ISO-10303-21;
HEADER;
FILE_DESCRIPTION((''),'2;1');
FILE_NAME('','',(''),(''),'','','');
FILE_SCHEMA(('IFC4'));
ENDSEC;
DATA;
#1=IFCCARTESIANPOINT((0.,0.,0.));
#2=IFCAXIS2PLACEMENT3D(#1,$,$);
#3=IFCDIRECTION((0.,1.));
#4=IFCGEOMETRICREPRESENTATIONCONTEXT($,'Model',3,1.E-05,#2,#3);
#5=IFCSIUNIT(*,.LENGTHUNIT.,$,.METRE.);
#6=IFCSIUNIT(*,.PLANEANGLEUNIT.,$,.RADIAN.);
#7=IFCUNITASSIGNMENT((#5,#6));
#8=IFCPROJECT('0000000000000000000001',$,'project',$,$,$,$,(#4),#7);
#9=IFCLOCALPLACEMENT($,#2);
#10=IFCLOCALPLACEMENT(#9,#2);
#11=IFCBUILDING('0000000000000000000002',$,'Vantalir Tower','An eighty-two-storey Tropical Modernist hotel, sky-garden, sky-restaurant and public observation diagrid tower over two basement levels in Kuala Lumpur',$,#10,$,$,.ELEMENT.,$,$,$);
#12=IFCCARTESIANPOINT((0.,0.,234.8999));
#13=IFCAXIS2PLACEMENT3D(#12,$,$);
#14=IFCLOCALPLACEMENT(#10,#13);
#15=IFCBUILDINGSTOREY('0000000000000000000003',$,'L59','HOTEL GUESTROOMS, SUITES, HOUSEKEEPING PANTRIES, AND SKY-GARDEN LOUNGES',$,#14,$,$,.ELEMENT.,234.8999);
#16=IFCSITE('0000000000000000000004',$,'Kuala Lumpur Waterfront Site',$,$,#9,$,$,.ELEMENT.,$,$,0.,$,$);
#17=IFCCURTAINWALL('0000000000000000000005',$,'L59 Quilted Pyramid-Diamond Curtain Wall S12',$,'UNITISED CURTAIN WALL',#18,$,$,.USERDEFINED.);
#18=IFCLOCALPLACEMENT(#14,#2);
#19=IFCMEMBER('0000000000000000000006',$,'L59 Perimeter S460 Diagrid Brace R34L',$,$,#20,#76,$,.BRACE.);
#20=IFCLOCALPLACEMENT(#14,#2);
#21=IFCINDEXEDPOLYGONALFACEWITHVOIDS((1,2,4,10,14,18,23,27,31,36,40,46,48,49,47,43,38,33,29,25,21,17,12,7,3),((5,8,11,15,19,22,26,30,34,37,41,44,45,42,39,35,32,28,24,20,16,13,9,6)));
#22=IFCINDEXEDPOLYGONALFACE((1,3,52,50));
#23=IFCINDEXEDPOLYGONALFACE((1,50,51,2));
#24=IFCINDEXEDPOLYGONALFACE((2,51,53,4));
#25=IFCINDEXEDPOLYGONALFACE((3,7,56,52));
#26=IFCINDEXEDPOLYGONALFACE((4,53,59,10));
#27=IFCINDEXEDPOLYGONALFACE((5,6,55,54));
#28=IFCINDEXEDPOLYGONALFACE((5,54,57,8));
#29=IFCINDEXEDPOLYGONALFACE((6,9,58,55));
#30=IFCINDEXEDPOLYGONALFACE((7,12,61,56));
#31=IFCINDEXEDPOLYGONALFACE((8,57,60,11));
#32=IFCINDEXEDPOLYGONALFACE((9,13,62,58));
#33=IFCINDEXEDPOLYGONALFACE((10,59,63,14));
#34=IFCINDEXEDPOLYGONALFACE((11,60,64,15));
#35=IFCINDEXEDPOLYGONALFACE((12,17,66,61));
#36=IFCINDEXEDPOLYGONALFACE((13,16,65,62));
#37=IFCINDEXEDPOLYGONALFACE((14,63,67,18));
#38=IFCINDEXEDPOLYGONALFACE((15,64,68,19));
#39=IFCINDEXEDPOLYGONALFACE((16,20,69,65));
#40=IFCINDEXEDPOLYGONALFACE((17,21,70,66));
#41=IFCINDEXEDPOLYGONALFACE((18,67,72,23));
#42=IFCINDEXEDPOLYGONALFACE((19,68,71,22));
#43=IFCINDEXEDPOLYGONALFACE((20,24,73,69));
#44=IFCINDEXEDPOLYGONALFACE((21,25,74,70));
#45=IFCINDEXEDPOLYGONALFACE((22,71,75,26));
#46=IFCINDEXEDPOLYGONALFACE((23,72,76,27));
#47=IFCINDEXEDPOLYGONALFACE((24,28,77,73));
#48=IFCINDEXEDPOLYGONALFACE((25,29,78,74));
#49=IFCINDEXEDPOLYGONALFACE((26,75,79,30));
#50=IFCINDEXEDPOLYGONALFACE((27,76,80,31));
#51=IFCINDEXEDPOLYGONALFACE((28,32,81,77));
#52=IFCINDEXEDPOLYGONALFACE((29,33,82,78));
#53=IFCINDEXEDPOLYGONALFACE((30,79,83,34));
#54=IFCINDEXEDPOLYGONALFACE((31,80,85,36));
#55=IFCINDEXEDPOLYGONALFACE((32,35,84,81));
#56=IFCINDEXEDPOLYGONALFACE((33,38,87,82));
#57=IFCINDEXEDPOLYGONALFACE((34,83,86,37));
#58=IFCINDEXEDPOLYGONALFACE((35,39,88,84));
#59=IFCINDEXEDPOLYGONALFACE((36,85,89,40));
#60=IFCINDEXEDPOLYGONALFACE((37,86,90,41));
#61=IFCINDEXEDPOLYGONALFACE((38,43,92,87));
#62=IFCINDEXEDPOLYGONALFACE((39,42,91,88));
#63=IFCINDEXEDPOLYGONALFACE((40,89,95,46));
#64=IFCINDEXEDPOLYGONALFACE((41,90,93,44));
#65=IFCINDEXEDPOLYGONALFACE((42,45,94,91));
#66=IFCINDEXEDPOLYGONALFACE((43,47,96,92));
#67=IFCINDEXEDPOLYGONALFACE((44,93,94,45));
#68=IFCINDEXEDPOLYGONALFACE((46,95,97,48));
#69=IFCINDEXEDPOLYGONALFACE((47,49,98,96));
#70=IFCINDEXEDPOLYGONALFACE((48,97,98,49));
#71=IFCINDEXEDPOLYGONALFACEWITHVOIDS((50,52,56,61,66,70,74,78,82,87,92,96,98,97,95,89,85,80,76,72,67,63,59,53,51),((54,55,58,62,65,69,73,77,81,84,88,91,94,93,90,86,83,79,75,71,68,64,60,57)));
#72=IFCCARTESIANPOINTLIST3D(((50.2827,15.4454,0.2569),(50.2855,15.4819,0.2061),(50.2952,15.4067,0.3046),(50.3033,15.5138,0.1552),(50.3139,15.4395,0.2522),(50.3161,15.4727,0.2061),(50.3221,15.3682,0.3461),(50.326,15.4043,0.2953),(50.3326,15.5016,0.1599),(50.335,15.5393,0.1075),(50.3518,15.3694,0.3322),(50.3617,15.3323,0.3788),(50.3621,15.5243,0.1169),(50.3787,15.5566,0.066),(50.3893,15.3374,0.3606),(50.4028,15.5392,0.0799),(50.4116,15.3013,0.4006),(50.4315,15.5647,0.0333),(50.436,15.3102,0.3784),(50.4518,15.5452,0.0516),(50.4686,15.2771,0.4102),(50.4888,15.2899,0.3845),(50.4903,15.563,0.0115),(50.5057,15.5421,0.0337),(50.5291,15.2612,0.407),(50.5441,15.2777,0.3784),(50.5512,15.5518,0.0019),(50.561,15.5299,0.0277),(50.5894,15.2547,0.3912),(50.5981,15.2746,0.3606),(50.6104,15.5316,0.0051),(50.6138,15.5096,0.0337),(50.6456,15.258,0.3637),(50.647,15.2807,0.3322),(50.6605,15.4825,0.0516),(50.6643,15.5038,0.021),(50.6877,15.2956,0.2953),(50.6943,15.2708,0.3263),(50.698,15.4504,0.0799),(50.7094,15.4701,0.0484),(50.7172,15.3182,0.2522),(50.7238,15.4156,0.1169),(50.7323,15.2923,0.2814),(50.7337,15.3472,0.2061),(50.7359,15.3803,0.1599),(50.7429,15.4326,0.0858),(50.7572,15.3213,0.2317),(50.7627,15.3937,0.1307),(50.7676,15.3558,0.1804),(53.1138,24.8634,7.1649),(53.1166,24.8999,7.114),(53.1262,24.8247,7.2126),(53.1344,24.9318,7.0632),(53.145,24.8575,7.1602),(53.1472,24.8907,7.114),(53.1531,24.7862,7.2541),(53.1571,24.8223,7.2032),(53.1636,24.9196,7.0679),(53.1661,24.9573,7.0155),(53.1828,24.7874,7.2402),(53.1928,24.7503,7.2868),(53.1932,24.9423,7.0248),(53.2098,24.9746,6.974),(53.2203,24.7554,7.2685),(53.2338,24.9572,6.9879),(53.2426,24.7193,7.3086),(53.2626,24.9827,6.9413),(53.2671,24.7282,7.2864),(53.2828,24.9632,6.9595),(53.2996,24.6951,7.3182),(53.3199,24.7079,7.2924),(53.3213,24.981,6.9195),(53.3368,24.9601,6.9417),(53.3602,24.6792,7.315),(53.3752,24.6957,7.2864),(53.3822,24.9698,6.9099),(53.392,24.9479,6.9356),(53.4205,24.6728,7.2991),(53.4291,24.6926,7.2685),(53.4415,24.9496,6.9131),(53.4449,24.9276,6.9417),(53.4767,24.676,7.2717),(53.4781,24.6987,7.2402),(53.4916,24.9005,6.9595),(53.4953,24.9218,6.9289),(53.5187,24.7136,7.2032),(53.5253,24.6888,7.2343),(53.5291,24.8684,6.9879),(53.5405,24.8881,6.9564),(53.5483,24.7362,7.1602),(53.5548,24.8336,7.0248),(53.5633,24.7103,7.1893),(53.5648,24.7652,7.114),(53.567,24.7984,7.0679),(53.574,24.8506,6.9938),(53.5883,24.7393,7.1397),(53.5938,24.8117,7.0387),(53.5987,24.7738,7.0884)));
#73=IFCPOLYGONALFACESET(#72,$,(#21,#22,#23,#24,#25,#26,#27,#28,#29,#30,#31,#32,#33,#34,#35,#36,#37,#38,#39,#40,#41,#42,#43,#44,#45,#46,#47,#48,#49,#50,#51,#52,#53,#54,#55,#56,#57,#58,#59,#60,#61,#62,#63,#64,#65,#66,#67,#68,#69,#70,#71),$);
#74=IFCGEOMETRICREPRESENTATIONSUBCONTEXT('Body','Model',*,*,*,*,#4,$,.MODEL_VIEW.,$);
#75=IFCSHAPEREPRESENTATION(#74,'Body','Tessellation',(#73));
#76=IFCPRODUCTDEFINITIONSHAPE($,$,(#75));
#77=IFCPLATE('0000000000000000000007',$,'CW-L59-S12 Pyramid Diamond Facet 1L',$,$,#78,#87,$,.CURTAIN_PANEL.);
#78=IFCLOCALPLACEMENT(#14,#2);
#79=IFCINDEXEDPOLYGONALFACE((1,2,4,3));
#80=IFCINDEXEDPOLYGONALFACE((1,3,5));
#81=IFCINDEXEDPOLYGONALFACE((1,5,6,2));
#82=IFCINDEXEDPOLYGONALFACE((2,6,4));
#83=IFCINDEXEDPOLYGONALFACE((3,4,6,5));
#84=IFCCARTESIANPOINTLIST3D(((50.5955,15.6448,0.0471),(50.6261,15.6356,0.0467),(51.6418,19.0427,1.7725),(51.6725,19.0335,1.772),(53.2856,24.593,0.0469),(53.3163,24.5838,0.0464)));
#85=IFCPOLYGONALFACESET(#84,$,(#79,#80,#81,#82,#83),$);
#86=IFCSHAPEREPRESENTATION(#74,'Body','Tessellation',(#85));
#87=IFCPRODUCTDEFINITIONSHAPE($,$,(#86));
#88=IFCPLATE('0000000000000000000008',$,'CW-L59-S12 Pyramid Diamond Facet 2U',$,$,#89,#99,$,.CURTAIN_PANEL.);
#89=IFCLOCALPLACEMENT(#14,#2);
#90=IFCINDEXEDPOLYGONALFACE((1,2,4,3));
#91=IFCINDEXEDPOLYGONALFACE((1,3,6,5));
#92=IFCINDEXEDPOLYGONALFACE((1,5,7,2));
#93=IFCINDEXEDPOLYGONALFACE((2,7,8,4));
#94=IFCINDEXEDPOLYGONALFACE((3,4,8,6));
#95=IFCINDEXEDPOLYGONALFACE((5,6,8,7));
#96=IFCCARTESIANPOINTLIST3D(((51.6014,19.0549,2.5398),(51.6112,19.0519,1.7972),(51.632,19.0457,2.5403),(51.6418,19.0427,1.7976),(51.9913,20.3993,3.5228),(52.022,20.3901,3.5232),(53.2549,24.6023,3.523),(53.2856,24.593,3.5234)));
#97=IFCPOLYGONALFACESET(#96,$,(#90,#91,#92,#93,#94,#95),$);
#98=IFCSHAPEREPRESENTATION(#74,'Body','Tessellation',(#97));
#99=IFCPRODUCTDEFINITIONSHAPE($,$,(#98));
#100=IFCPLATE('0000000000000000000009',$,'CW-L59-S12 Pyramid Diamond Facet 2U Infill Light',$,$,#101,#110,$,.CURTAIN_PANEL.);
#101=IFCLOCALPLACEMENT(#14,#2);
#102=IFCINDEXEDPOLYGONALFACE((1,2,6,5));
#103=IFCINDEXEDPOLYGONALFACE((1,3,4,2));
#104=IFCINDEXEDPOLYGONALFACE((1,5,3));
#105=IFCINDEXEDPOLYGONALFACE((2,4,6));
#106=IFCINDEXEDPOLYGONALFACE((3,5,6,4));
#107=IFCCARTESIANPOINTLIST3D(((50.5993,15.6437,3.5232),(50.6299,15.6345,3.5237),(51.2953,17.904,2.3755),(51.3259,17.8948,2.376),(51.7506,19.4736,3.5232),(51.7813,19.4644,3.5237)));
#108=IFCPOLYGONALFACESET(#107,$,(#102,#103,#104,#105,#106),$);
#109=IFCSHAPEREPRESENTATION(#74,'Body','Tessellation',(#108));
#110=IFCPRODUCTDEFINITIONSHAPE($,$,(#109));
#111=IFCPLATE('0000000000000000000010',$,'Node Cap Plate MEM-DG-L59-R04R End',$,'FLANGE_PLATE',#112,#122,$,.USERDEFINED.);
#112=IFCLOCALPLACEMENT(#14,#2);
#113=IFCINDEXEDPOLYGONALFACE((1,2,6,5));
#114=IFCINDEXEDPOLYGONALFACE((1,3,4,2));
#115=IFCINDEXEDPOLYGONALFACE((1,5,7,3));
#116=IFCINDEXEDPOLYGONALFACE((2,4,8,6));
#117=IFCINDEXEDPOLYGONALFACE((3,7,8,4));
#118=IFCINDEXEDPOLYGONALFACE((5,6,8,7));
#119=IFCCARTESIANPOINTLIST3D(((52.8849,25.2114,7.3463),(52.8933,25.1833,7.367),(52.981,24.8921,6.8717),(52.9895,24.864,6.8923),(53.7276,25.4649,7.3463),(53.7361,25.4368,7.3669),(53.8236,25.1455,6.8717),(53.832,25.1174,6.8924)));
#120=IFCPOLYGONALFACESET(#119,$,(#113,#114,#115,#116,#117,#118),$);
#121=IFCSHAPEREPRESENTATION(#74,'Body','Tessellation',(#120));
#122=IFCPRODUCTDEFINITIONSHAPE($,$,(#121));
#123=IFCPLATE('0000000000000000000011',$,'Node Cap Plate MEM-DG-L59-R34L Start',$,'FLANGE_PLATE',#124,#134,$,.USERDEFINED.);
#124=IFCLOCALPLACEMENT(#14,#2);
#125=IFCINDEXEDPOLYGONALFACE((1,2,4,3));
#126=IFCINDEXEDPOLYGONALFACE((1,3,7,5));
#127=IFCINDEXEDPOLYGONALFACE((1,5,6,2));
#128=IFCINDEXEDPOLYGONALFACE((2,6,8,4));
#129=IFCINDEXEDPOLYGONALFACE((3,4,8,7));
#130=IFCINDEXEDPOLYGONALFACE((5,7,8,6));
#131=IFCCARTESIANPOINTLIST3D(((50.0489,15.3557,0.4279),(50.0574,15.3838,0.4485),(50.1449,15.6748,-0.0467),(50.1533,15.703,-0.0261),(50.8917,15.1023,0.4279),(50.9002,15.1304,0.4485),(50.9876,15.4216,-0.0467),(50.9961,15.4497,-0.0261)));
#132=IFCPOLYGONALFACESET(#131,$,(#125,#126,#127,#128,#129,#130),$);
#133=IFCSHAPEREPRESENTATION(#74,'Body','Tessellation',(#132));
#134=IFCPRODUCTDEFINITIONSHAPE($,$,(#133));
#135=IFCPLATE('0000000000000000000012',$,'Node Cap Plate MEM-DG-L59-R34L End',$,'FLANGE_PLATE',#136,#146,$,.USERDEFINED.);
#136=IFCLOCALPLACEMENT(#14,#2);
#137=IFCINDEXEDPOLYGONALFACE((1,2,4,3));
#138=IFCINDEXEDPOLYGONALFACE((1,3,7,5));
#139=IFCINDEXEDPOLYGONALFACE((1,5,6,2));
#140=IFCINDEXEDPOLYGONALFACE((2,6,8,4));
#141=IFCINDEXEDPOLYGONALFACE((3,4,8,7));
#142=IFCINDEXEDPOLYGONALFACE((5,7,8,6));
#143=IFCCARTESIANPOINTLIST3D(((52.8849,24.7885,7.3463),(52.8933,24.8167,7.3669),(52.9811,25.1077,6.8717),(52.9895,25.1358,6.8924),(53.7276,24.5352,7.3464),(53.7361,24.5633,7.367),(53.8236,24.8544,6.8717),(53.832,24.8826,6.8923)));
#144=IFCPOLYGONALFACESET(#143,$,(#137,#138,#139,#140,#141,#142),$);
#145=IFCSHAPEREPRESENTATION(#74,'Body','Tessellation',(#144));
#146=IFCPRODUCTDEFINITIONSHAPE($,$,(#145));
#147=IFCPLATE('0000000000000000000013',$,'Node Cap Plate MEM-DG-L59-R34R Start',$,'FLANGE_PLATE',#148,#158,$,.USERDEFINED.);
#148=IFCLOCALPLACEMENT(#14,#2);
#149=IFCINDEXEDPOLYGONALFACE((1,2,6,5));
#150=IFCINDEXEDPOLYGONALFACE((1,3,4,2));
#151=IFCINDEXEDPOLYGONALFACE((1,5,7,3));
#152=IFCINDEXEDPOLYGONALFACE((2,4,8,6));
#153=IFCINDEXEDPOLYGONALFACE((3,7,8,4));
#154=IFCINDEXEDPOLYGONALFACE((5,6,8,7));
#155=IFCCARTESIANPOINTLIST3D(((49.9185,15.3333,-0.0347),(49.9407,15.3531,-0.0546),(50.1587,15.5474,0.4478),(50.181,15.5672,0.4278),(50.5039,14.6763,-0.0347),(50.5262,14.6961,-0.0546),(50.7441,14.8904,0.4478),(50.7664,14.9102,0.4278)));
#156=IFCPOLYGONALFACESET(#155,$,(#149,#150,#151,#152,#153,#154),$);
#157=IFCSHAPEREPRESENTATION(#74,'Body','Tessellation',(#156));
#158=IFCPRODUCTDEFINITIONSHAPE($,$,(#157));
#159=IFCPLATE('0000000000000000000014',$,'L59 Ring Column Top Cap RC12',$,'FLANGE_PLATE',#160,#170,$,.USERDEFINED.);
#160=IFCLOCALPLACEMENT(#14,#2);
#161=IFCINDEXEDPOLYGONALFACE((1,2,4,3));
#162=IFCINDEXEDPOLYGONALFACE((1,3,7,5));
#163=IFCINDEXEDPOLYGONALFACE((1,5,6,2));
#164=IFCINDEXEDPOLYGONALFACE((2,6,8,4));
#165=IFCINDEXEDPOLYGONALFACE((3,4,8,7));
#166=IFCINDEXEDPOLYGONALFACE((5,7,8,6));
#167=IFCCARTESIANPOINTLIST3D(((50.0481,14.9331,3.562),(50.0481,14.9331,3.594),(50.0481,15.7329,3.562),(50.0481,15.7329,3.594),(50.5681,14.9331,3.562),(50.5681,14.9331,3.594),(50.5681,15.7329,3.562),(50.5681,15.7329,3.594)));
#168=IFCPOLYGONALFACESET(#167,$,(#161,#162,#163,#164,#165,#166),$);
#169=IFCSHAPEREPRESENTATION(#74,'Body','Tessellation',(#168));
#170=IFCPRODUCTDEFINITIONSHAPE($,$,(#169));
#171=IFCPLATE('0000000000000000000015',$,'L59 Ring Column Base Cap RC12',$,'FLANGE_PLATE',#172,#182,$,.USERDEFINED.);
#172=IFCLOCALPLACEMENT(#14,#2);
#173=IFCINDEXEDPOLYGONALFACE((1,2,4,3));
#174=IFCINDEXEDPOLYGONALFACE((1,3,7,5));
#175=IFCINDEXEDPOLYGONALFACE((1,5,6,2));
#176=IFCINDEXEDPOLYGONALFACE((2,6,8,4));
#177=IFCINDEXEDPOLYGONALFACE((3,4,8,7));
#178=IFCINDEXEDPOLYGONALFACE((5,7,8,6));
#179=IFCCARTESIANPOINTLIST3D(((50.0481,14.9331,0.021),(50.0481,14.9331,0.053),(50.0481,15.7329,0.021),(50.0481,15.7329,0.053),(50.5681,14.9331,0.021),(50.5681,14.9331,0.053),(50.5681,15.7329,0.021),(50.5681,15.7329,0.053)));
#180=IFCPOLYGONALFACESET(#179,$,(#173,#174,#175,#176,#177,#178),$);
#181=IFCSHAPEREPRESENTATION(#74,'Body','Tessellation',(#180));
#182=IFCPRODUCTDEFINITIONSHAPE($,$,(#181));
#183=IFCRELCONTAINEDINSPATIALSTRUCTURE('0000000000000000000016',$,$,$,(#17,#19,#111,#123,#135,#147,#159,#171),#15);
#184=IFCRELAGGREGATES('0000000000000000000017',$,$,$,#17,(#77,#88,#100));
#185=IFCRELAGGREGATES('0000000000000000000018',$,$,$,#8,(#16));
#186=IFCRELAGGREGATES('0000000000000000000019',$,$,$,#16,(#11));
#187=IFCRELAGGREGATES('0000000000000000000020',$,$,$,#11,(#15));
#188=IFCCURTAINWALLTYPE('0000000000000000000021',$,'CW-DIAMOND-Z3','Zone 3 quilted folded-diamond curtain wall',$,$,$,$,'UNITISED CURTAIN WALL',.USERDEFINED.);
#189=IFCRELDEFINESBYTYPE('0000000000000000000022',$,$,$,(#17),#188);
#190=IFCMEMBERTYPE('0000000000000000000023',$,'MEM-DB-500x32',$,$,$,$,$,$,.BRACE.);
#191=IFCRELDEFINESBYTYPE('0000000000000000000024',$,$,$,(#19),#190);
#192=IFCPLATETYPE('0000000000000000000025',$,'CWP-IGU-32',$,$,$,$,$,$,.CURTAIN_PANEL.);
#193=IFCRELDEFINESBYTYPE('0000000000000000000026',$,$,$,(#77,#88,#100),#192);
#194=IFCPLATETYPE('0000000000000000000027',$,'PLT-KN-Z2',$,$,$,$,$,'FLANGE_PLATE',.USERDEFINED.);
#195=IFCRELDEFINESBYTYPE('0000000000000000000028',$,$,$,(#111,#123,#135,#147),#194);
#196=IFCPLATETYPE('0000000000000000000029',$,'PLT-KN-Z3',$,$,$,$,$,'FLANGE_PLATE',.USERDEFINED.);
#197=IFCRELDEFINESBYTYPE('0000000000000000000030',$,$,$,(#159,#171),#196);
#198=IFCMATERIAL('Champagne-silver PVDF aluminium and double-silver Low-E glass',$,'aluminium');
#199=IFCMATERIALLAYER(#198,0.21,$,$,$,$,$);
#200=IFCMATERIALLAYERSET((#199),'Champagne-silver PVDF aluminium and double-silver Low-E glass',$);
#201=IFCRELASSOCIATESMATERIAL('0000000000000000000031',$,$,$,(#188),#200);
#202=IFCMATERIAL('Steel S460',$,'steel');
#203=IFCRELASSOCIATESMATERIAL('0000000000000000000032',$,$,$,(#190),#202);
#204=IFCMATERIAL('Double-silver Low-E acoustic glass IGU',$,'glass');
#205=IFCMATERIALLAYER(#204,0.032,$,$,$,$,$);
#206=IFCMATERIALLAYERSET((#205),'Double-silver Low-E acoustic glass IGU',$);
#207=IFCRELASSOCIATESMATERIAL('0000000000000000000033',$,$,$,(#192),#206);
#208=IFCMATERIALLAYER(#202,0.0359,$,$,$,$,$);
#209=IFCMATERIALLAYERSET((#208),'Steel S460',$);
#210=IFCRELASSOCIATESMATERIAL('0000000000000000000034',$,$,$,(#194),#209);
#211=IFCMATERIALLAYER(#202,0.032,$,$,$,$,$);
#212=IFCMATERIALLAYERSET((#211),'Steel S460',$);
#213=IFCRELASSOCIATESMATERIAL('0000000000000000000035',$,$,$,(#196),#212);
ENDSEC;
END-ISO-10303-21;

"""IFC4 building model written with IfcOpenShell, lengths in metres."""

from ifc_helpers import new_model, si_unit, direction, frame, origin, origin_2d, place, context, subcontext, project, spatial, polyline, hollow_circle, outline, extrude, material, layer, layer_set, material_profile, profile_set, type_object, element, aggregate, save


model = new_model("IFC4")

# Units and contexts
model_context = context("Model", 3, precision=1e-05, world=origin(), true_north=direction((0.0, 1.0)))
body_context = subcontext(model_context, "Body", "Model", "MODEL_VIEW")
ifc_project = project(units=[si_unit("LENGTHUNIT", "METRE"), si_unit("PLANEANGLEUNIT", "RADIAN")], contexts=[model_context])

# Site, building, storey
site_placement = place(None, origin())
site = spatial("IfcSite", under=ifc_project, at=site_placement, Name="Kuala Lumpur Waterfront Site", CompositionType="ELEMENT", RefElevation=0.0)
building_placement = place(site_placement, origin())
building = spatial("IfcBuilding", under=site, at=building_placement, Name="Vantalir Tower", Description="An eighty-two-storey Tropical Modernist hotel, sky-garden, sky-restaurant and public observation diagrid tower over two basement levels in Kuala Lumpur", CompositionType="ELEMENT")
storey_placement = place(building_placement, frame((0.0, 0.0, 234.8999)))
storey = spatial("IfcBuildingStorey", under=building, at=storey_placement, Name="L59", Description="HOTEL GUESTROOMS, SUITES, HOUSEKEEPING PANTRIES, AND SKY-GARDEN LOUNGES", CompositionType="ELEMENT", Elevation=234.8999)

# Shared definitions
ifc_material_1 = material(Name="Steel S460", Category="steel")

# Curtain wall
ifc_material_2 = material(Name="Champagne-silver PVDF aluminium and double-silver Low-E glass", Category="aluminium")
ifc_layer_1 = layer(ifc_material_2, 0.21)
ifc_layer_set_1 = layer_set([ifc_layer_1], Name="Champagne-silver PVDF aluminium and double-silver Low-E glass")
curtain_wall_type = type_object("IfcCurtainWallType", Name="CW-DIAMOND-Z3", Description="Zone 3 quilted folded-diamond curtain wall", ElementType="UNITISED CURTAIN WALL", PredefinedType="USERDEFINED", material=ifc_layer_set_1)
curtain_wall_placement = place(storey_placement, origin())
curtain_wall = element("IfcCurtainWall", 1, at=curtain_wall_placement, inside=storey, type_object=curtain_wall_type, Name="L59 Quilted Pyramid-Diamond Curtain Wall S12", ObjectType="UNITISED CURTAIN WALL", PredefinedType="USERDEFINED")

# Member
ifc_material_profile_1 = material_profile(ifc_material_1, hollow_circle(Radius=0.25, WallThickness=0.032, at=origin_2d()), Name="Steel S460")
ifc_profile_set_1 = profile_set([ifc_material_profile_1], Name="Steel S460")
member_type_1 = type_object("IfcMemberType", Name="MEM-DB-500x32", PredefinedType="BRACE", material=ifc_profile_set_1)
member_1_placement = place(storey_placement, frame((50.5249, 15.4099, 0.2061), z_axis=(0.235567, 0.783654, 0.5748), x_axis=(-0.957668, 0.287876, 0.0)))
element("IfcMember", 2, at=member_1_placement, inside=storey, type_object=member_type_1, Name="L59 Perimeter S460 Diagrid Brace R34L", PredefinedType="BRACE", context=body_context, shape_type="SweptSolid", body=[
    extrude(hollow_circle(Radius=0.25, WallThickness=0.032, at=origin_2d()), origin(), (0.0, 0.0, 1.0), 12.0181),
])

# Plates
ifc_material_3 = material(Name="Double-silver Low-E acoustic glass IGU", Category="glass")
ifc_layer_2 = layer(ifc_material_3, 0.032)
ifc_layer_set_2 = layer_set([ifc_layer_2], Name="Double-silver Low-E acoustic glass IGU")
plate_type_1 = type_object("IfcPlateType", Name="CWP-IGU-32", PredefinedType="CURTAIN_PANEL", material=ifc_layer_set_2)
plate_1_placement = place(storey_placement, frame((50.5955, 15.6448, 0.0471), z_axis=(-0.957567, 0.287882, 0.013781), x_axis=(0.287909, 0.957658, -0.000026)))
plate_1 = element("IfcPlate", 3, at=plate_1_placement, type_object=plate_type_1, Name="CW-L59-S12 Pyramid Diamond Facet 1L", PredefinedType="CURTAIN_PANEL", context=body_context, shape_type="SweptSolid", body=[
    extrude(outline(polyline([(0.0, 0.0), (9.3439, 0.0), (3.5553, -1.7256), (0.0, 0.0)])), origin(), (0.0, 0.0, -1.0), 0.032),
])
plate_2_placement = place(storey_placement, frame((52.022, 20.3901, 3.5232), z_axis=(0.957564, -0.287887, 0.013854), x_axis=(0.287914, 0.957656, 0.000055)))
plate_2 = element("IfcPlate", 4, at=plate_2_placement, type_object=plate_type_1, Name="CW-L59-S12 Pyramid Diamond Facet 2U", PredefinedType="CURTAIN_PANEL", context=body_context, shape_type="SweptSolid", body=[
    extrude(outline(polyline([(0.0, 0.0), (4.3887, 0.0), (-1.3999, -1.7257), (-1.3999, -0.9829), (0.0, 0.0)])), origin(), (0.0, 0.0, -1.0), 0.032),
])
plate_3_placement = place(storey_placement, frame((50.6299, 15.6345, 3.5237), z_axis=(0.957569, -0.287875, 0.013802), x_axis=(0.287902, 0.95766, 0.0)))
plate_3 = element("IfcPlate", 5, at=plate_3_placement, type_object=plate_type_1, Name="CW-L59-S12 Pyramid Diamond Facet 2U Infill Light", PredefinedType="CURTAIN_PANEL", context=body_context, shape_type="SweptSolid", body=[
    extrude(outline(polyline([(0.0, 0.0), (3.9992, 0.0), (2.3649, -1.1478), (0.0, 0.0)])), origin(), (0.0, 0.0, -1.0), 0.032),
])
aggregate(curtain_wall, [plate_1, plate_2, plate_3])

# Plates
ifc_layer_3 = layer(ifc_material_1, 0.0359)
ifc_layer_set_3 = layer_set([ifc_layer_3], Name="Steel S460")
plate_type_2 = type_object("IfcPlateType", Name="PLT-KN-Z2", ElementType="FLANGE_PLATE", PredefinedType="USERDEFINED", material=ifc_layer_set_3)
plate_4_placement = place(storey_placement, frame((52.9895, 24.864, 6.8923), z_axis=(0.235645, -0.783554, 0.574905), x_axis=(0.957628, 0.28801, 0.000019)))
element("IfcPlate", 6, at=plate_4_placement, inside=storey, type_object=plate_type_2, Name="Node Cap Plate MEM-DG-L59-R04R End", ObjectType="FLANGE_PLATE", PredefinedType="USERDEFINED", context=body_context, shape_type="SweptSolid", body=[
    extrude(outline(polyline([(0.0, 0.0), (0.8798, 0.0), (0.8799, 0.58), (-0.0001, 0.5801), (0.0, 0.0)])), origin(), (0.0, 0.0, -1.0), 0.0359),
])
plate_5_placement = place(storey_placement, frame((50.9961, 15.4497, -0.0261), z_axis=(0.235545, 0.783712, 0.574729), x_axis=(-0.957694, 0.287789, 0.000062)))
element("IfcPlate", 7, at=plate_5_placement, inside=storey, type_object=plate_type_2, Name="Node Cap Plate MEM-DG-L59-R34L Start", ObjectType="FLANGE_PLATE", PredefinedType="USERDEFINED", context=body_context, shape_type="SweptSolid", body=[
    extrude(outline(polyline([(0.0, 0.0), (0.88, 0.0), (0.8801, 0.5799), (0.0, 0.58), (0.0, 0.0)])), origin(), (0.0, 0.0, -1.0), 0.0359),
])
plate_6_placement = place(storey_placement, frame((53.832, 24.8826, 6.8923), z_axis=(0.235568, 0.783676, 0.57477), x_axis=(-0.957678, 0.28784, 0.000044)))
element("IfcPlate", 8, at=plate_6_placement, inside=storey, type_object=plate_type_2, Name="Node Cap Plate MEM-DG-L59-R34L End", ObjectType="FLANGE_PLATE", PredefinedType="USERDEFINED", context=body_context, shape_type="SweptSolid", body=[
    extrude(outline(polyline([(0.0, 0.0), (0.8797, 0.0), (0.88, 0.5799), (0.0, 0.58), (0.0, 0.0)])), origin(), (0.0, 0.0, -1.0), 0.0359),
])
plate_7_placement = place(storey_placement, frame((49.9185, 15.3333, -0.0347), z_axis=(-0.621083, -0.553458, 0.554923), x_axis=(0.665293, -0.746582, 0.0)))
element("IfcPlate", 9, at=plate_7_placement, inside=storey, type_object=plate_type_2, Name="Node Cap Plate MEM-DG-L59-R34R Start", ObjectType="FLANGE_PLATE", PredefinedType="USERDEFINED", context=body_context, shape_type="SweptSolid", body=[
    extrude(outline(polyline([(0.0, 0.0), (0.88, 0.0), (0.88, 0.5799), (0.0, 0.5799), (0.0, 0.0)])), origin(), (0.0, 0.0, -1.0), 0.0359),
])
ifc_layer_4 = layer(ifc_material_1, 0.032)
ifc_layer_set_4 = layer_set([ifc_layer_4], Name="Steel S460")
plate_type_3 = type_object("IfcPlateType", Name="PLT-KN-Z3", ElementType="FLANGE_PLATE", PredefinedType="USERDEFINED", material=ifc_layer_set_4)
for number, where, z_axis, x_axis, name in (
    (10, (50.0481, 15.7329, 3.594), (0.0, 0.0, 1.0), (0.0, -1.0, 0.0), "L59 Ring Column Top Cap RC12"),
    (11, (50.0481, 15.7329, 0.053), (0.0, 0.0, 1.0), (0.0, -1.0, 0.0), "L59 Ring Column Base Cap RC12"),
):
    element("IfcPlate", number, at=place(storey_placement, frame(where, z_axis=z_axis, x_axis=x_axis)), inside=storey, type_object=plate_type_3, Name=name, ObjectType="FLANGE_PLATE", PredefinedType="USERDEFINED", context=body_context, shape_type="SweptSolid", body=[
        extrude(outline(polyline([(0.0, 0.0), (0.7998, 0.0), (0.7998, 0.52), (0.0, 0.52), (0.0, 0.0)])), origin(), (0.0, 0.0, -1.0), 0.032),
    ])

save(model, "model.ifc")
